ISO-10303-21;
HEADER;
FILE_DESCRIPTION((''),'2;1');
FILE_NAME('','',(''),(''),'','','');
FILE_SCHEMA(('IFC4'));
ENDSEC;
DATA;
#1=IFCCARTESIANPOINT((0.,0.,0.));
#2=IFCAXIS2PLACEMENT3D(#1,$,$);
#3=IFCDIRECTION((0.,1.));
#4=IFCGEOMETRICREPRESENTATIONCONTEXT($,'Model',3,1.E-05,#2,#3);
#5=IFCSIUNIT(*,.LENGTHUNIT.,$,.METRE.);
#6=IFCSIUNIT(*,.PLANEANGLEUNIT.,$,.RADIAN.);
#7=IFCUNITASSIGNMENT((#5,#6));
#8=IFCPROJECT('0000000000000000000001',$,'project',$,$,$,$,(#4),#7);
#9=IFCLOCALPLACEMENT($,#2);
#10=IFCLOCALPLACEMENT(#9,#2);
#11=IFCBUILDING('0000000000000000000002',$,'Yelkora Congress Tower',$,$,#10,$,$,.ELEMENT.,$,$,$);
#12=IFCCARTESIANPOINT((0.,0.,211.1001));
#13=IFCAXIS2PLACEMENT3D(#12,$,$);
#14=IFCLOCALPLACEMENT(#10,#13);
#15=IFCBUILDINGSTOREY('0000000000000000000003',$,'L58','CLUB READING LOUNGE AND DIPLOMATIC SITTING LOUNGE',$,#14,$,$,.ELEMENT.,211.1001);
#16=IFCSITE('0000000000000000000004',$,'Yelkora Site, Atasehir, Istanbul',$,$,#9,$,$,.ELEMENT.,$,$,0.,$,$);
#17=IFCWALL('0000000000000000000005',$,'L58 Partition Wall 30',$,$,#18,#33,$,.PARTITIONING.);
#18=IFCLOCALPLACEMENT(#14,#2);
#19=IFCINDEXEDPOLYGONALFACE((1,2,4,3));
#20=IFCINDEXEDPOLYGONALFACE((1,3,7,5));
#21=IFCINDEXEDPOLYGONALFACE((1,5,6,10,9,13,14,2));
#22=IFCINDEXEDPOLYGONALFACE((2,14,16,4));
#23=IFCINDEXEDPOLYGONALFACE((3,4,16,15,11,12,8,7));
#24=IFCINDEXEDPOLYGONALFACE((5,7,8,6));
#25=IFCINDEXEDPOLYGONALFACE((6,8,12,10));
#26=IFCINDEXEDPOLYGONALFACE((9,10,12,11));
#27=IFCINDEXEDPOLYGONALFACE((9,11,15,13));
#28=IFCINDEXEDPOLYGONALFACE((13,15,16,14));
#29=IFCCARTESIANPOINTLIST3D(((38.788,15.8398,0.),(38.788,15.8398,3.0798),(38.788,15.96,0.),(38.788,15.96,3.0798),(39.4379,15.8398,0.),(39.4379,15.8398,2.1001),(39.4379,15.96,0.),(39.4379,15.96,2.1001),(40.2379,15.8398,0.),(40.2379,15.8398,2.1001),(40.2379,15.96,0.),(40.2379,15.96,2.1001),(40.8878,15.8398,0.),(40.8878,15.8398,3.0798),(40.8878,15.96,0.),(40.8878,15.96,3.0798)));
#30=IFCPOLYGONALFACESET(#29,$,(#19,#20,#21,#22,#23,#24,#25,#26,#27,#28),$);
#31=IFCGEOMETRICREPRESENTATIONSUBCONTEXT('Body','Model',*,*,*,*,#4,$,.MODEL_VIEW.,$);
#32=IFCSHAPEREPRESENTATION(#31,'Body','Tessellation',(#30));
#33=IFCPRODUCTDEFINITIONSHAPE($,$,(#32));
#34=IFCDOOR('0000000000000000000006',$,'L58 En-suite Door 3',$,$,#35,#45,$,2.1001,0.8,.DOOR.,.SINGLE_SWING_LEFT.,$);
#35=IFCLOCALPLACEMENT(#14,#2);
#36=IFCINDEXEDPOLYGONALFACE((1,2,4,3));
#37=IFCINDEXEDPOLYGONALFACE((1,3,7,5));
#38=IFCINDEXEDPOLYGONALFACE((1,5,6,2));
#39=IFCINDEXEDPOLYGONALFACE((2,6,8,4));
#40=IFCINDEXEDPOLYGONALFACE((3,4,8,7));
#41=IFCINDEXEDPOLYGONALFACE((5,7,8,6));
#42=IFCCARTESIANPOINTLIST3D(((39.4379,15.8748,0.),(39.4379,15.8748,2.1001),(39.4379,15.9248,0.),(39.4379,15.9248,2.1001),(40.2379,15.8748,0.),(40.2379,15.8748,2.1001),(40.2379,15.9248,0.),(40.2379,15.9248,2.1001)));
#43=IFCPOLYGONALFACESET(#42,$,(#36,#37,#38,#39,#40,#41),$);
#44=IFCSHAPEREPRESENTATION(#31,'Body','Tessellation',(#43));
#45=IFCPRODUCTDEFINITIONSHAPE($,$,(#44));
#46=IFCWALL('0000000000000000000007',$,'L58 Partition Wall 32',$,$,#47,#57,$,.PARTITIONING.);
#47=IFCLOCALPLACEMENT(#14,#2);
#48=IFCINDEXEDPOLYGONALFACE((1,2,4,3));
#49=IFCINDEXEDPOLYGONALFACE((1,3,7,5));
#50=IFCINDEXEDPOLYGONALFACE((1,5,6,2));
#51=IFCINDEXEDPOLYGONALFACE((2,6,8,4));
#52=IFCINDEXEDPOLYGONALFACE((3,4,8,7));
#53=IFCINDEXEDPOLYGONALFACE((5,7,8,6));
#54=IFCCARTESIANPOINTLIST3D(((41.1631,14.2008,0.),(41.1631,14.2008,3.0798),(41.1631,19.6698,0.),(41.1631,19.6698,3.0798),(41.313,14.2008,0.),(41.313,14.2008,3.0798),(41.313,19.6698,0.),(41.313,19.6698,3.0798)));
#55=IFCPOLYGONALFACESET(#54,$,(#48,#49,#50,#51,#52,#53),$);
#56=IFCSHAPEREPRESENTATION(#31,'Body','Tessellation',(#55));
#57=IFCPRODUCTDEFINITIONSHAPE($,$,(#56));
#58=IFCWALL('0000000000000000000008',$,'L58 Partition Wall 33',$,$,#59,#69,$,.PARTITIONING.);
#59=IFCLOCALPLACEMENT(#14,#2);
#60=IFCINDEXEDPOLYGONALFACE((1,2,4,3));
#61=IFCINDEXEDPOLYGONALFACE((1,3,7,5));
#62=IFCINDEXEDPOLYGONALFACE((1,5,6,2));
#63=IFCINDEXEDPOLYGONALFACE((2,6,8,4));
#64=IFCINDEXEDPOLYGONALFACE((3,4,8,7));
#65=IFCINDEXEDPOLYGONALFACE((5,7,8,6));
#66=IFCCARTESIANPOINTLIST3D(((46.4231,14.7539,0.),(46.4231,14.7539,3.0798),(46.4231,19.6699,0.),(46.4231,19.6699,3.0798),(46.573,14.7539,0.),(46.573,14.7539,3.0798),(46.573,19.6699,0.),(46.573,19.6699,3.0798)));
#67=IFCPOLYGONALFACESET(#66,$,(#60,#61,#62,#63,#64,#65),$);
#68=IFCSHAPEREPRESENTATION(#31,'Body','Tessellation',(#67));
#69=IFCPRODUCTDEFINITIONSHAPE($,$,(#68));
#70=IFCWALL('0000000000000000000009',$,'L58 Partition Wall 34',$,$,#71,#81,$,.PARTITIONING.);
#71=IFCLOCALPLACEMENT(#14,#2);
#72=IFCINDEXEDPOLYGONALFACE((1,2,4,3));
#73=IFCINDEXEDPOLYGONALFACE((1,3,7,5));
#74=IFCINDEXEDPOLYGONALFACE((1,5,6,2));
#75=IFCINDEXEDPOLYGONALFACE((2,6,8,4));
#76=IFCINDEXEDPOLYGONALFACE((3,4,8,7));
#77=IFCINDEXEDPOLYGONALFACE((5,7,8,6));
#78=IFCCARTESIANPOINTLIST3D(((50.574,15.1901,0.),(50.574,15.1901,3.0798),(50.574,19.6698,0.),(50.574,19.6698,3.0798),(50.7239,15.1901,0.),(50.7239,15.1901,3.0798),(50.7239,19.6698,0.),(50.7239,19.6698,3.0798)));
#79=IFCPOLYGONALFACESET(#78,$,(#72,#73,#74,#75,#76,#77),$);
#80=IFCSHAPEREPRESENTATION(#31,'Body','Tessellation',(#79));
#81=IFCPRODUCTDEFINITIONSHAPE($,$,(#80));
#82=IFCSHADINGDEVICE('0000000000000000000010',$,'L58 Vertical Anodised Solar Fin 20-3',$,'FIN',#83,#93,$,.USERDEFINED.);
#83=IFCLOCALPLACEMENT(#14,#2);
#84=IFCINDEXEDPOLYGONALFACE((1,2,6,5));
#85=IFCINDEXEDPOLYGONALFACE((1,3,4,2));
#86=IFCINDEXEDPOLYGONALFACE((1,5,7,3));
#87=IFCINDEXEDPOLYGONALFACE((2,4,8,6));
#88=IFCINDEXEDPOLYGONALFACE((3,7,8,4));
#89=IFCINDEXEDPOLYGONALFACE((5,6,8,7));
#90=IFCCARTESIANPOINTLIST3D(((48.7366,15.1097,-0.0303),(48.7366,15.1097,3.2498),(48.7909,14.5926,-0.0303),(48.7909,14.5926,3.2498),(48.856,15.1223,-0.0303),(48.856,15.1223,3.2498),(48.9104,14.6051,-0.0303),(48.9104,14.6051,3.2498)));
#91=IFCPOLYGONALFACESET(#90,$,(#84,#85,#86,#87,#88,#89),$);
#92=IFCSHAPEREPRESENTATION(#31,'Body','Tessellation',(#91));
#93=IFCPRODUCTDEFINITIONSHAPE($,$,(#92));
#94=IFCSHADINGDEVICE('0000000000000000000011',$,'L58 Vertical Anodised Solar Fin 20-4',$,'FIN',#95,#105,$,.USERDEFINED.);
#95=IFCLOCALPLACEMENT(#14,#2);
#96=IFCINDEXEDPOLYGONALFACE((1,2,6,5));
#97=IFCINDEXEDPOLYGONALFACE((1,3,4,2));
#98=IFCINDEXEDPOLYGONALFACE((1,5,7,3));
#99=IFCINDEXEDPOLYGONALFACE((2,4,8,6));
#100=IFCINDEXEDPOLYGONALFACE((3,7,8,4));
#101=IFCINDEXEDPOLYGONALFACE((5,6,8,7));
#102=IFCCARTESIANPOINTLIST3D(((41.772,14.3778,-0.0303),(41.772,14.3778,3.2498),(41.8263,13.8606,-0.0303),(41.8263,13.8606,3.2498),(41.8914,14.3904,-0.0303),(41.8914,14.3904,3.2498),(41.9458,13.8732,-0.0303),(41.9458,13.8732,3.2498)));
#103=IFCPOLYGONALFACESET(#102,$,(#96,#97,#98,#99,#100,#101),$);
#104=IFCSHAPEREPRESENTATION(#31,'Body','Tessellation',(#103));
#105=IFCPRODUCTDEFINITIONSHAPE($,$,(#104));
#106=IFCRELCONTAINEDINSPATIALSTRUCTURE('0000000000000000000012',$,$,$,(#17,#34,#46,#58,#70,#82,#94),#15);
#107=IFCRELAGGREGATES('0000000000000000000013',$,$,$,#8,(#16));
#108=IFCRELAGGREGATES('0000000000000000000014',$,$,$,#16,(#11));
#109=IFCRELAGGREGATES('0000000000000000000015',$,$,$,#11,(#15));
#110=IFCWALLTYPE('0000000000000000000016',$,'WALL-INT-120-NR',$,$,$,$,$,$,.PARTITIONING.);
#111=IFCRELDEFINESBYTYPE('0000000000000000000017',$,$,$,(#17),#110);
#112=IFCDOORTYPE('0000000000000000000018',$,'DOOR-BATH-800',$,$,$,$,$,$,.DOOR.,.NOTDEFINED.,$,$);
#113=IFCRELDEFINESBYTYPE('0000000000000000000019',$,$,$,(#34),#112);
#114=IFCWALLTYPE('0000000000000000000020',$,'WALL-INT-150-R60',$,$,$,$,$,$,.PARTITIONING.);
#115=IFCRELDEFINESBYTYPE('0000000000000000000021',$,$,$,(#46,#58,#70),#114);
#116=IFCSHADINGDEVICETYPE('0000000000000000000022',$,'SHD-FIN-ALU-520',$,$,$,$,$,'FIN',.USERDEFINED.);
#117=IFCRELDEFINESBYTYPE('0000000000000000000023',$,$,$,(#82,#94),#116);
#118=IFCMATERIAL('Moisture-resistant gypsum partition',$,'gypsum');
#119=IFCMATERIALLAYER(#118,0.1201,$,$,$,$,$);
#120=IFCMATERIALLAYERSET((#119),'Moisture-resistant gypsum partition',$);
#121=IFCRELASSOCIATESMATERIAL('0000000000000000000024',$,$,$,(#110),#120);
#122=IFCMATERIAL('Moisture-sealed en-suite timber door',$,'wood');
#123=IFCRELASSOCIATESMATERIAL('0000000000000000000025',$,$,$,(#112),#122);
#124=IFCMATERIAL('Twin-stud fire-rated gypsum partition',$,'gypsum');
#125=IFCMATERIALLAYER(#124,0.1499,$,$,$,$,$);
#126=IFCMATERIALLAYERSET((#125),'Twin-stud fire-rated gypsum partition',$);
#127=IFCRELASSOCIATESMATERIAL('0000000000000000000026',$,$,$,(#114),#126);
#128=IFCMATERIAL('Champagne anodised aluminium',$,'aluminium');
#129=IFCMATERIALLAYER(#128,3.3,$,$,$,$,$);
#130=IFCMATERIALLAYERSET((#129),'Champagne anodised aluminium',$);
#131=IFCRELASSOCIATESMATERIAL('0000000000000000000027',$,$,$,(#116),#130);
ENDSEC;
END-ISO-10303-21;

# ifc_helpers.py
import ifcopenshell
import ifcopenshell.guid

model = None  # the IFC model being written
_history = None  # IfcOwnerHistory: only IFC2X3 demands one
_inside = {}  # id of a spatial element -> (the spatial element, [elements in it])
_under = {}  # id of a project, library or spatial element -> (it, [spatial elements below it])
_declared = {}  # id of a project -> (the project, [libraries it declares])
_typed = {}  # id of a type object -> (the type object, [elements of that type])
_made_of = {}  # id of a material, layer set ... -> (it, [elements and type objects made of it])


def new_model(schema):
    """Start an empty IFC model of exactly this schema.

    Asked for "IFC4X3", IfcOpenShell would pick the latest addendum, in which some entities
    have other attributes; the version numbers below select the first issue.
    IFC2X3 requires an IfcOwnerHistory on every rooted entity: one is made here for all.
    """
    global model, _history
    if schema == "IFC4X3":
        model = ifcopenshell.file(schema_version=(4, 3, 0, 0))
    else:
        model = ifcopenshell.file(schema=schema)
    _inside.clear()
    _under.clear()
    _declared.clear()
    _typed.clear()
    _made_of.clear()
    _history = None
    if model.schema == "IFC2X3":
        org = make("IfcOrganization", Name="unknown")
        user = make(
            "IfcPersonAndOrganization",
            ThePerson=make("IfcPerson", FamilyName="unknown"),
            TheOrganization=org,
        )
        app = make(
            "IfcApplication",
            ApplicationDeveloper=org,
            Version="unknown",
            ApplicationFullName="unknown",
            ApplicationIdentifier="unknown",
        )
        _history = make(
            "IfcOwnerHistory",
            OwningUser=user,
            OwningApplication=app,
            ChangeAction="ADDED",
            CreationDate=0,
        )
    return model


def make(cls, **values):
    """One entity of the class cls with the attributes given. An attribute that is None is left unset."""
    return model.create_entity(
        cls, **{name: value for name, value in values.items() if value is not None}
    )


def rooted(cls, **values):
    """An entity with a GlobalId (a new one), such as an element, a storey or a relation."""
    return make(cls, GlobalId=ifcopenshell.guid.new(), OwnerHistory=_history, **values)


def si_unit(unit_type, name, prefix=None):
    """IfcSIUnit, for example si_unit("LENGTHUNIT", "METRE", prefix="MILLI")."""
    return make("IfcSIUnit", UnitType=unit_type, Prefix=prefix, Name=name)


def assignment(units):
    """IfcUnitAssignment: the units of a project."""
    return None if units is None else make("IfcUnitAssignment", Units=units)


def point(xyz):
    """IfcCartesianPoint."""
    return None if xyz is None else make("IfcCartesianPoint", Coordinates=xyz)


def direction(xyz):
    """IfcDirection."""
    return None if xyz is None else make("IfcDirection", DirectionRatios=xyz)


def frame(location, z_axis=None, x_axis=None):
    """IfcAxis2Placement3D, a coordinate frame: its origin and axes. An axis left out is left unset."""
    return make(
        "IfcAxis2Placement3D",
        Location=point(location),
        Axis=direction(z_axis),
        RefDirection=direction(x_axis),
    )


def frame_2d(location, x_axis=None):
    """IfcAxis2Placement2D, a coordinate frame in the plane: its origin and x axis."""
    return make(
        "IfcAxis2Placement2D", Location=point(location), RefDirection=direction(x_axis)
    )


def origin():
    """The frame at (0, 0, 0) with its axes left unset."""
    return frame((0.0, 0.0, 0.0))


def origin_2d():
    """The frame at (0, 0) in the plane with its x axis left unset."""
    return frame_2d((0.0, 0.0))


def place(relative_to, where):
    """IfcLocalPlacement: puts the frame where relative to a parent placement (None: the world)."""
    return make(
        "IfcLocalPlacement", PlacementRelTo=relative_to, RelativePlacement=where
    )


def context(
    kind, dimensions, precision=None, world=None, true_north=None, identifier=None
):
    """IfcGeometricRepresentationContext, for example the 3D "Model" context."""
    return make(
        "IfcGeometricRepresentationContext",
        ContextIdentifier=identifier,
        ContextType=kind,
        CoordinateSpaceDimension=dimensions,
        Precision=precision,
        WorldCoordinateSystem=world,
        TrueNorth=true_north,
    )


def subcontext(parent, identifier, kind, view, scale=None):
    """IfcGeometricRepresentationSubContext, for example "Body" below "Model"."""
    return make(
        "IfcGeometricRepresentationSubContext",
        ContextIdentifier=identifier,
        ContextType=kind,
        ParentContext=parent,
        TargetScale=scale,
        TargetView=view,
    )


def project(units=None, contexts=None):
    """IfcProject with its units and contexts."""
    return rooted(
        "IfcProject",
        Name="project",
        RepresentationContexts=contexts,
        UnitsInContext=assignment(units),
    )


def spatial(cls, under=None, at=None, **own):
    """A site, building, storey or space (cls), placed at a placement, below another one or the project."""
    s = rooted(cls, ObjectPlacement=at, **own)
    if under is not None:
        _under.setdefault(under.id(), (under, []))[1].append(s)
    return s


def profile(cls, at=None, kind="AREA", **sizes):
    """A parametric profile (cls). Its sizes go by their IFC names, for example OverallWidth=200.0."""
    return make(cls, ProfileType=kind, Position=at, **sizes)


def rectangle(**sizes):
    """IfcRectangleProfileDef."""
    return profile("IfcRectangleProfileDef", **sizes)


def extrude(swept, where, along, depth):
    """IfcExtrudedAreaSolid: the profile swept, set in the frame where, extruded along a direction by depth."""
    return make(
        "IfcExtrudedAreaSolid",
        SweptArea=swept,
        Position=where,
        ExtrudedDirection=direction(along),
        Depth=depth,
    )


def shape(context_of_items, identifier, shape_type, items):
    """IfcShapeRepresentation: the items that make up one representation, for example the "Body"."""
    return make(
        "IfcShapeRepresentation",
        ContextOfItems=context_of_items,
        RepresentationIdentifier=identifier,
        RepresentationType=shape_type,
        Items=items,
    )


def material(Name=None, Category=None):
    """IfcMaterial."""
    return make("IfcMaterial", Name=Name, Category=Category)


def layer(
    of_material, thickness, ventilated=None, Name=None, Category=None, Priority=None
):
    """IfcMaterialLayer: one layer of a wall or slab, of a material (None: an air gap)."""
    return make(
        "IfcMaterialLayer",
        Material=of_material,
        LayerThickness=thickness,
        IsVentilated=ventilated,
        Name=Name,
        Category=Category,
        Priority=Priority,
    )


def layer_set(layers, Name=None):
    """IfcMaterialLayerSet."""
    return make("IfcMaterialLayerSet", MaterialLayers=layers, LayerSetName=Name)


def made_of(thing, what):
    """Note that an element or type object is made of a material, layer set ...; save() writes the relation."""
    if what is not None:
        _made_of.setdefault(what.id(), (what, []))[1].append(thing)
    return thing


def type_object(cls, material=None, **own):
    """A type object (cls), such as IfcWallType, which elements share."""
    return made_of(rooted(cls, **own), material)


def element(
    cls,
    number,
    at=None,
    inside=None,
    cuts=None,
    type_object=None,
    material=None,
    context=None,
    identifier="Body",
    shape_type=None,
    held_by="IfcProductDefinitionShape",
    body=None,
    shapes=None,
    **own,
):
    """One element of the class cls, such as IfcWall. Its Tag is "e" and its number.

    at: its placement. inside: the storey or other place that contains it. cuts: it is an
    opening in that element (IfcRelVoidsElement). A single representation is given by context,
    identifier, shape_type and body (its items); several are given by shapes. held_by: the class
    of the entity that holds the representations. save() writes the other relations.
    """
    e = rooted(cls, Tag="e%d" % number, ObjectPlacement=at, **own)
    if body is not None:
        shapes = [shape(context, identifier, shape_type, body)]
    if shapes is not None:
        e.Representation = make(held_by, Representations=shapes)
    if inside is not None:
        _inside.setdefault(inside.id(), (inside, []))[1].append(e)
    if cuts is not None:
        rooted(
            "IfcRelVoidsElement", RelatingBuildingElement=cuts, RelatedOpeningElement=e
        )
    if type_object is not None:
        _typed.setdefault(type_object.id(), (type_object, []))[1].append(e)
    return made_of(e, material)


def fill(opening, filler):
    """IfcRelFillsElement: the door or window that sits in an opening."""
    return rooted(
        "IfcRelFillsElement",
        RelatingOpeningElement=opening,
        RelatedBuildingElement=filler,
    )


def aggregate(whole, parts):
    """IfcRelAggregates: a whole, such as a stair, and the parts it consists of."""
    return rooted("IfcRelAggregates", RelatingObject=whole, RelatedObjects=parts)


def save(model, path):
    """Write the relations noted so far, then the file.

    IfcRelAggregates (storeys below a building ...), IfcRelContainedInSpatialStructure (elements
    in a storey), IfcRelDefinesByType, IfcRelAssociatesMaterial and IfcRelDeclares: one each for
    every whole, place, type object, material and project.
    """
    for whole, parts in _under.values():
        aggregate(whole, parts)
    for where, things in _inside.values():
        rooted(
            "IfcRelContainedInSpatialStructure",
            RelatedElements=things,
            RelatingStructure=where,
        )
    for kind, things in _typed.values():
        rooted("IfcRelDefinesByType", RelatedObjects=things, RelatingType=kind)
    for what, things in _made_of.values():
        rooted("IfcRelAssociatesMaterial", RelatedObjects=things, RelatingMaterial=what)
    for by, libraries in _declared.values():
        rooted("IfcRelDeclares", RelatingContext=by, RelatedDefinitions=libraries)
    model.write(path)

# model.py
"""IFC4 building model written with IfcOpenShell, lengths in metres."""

from ifc_helpers import new_model, si_unit, direction, frame, frame_2d, origin, origin_2d, place, context, subcontext, project, spatial, rectangle, extrude, material, layer, layer_set, type_object, element, fill, save


model = new_model("IFC4")

# Units and contexts
model_context = context("Model", 3, precision=1e-05, world=origin(), true_north=direction((0.0, 1.0)))
body_context = subcontext(model_context, "Body", "Model", "MODEL_VIEW")
ifc_project = project(units=[si_unit("LENGTHUNIT", "METRE"), si_unit("PLANEANGLEUNIT", "RADIAN")], contexts=[model_context])

# Site, building, storey
site_placement = place(None, origin())
site = spatial("IfcSite", under=ifc_project, at=site_placement, Name="Yelkora Site, Atasehir, Istanbul", CompositionType="ELEMENT", RefElevation=0.0)
building_placement = place(site_placement, origin())
building = spatial("IfcBuilding", under=site, at=building_placement, Name="Yelkora Congress Tower", CompositionType="ELEMENT")
storey_placement = place(building_placement, frame((0.0, 0.0, 211.1001)))
storey = spatial("IfcBuildingStorey", under=building, at=storey_placement, Name="L58", Description="CLUB READING LOUNGE AND DIPLOMATIC SITTING LOUNGE", CompositionType="ELEMENT", Elevation=211.1001)

# Shared definitions
ifc_material_1 = material(Name="Moisture-resistant gypsum partition", Category="gypsum")
ifc_layer_1 = layer(ifc_material_1, 0.1201)
ifc_layer_set_1 = layer_set([ifc_layer_1], Name="Moisture-resistant gypsum partition")
wall_type_1 = type_object("IfcWallType", Name="WALL-INT-120-NR", PredefinedType="PARTITIONING", material=ifc_layer_set_1)

# Wall, opening, door
wall_1_placement = place(storey_placement, frame((38.7881, 15.8999, 0.0), z_axis=(0.0, 0.0, 1.0), x_axis=(1.0, 0.0, 0.0)))
wall_1 = element("IfcWall", 1, at=wall_1_placement, inside=storey, type_object=wall_type_1, Name="L58 Partition Wall 30", PredefinedType="PARTITIONING", context=body_context, shape_type="SweptSolid", body=[
    extrude(rectangle(XDim=2.0999, YDim=0.1201, at=frame_2d((1.0498, 0.0))), origin(), (0.0, 0.0, 1.0), 3.0798),
])
opening_placement = place(wall_1_placement, frame((0.6499, 0.0, 0.0)))
opening = element("IfcOpeningElement", 2, at=opening_placement, cuts=wall_1, PredefinedType="OPENING", context=body_context, shape_type="SweptSolid", body=[
    extrude(rectangle(XDim=0.8, YDim=2.1001, at=frame_2d((0.3999, 1.05))), frame((0.0, 0.0701, 0.0), z_axis=(0.0, -1.0, 0.0), x_axis=(1.0, 0.0, 0.0)), (0.0, 0.0, 1.0), 0.1401),
])
ifc_material_2 = material(Name="Moisture-sealed en-suite timber door", Category="wood")
door_type = type_object("IfcDoorType", Name="DOOR-BATH-800", OperationType="NOTDEFINED", PredefinedType="DOOR", material=ifc_material_2)
door_placement = place(opening_placement, origin())
door = element("IfcDoor", 3, at=door_placement, inside=storey, type_object=door_type, Name="L58 En-suite Door 3", OperationType="SINGLE_SWING_LEFT", OverallHeight=2.1001, OverallWidth=0.8, PredefinedType="DOOR", context=body_context, shape_type="SweptSolid", body=[
    extrude(rectangle(XDim=0.8, YDim=2.1001, at=frame_2d((0.3999, 1.05))), frame((0.0, 0.0249, 0.0), z_axis=(0.0, -1.0, 0.0), x_axis=(1.0, 0.0, 0.0)), (0.0, 0.0, 1.0), 0.05),
])
fill(opening, door)

# Walls
ifc_material_3 = material(Name="Twin-stud fire-rated gypsum partition", Category="gypsum")
ifc_layer_2 = layer(ifc_material_3, 0.1499)
ifc_layer_set_2 = layer_set([ifc_layer_2], Name="Twin-stud fire-rated gypsum partition")
wall_type_2 = type_object("IfcWallType", Name="WALL-INT-150-R60", PredefinedType="PARTITIONING", material=ifc_layer_set_2)
wall_2_placement = place(storey_placement, frame((41.238, 14.2009, 0.0), z_axis=(0.0, 0.0, 1.0), x_axis=(0.0, 1.0, 0.0)))
element("IfcWall", 4, at=wall_2_placement, inside=storey, type_object=wall_type_2, Name="L58 Partition Wall 32", PredefinedType="PARTITIONING", context=body_context, shape_type="SweptSolid", body=[
    extrude(rectangle(XDim=5.469, YDim=0.1499, at=frame_2d((2.7344, 0.0))), origin(), (0.0, 0.0, 1.0), 3.0798),
])
wall_3_placement = place(storey_placement, frame((46.498, 14.7539, 0.0), z_axis=(0.0, 0.0, 1.0), x_axis=(0.0, 1.0, 0.0)))
element("IfcWall", 5, at=wall_3_placement, inside=storey, type_object=wall_type_2, Name="L58 Partition Wall 33", PredefinedType="PARTITIONING", context=body_context, shape_type="SweptSolid", body=[
    extrude(rectangle(XDim=4.916, YDim=0.1499, at=frame_2d((2.458, 0.0))), origin(), (0.0, 0.0, 1.0), 3.0798),
])
wall_4_placement = place(storey_placement, frame((50.6489, 15.1902, 0.0), z_axis=(0.0, 0.0, 1.0), x_axis=(0.0, 1.0, 0.0)))
element("IfcWall", 6, at=wall_4_placement, inside=storey, type_object=wall_type_2, Name="L58 Partition Wall 34", PredefinedType="PARTITIONING", context=body_context, shape_type="SweptSolid", body=[
    extrude(rectangle(XDim=4.4797, YDim=0.1499, at=frame_2d((2.2397, 0.0))), origin(), (0.0, 0.0, 1.0), 3.0798),
])

# Shading devices
ifc_material_4 = material(Name="Champagne anodised aluminium", Category="aluminium")
ifc_layer_3 = layer(ifc_material_4, 3.3)
ifc_layer_set_3 = layer_set([ifc_layer_3], Name="Champagne anodised aluminium")
shading_device_type = type_object("IfcShadingDeviceType", Name="SHD-FIN-ALU-520", ElementType="FIN", PredefinedType="USERDEFINED", material=ifc_layer_set_3)
for number, where, z_axis, x_axis, name in (
    (7, (48.8235, 14.8574, -0.0303), (0.0, 0.0, 1.0), (-0.994522, -0.104528, 0.0), "L58 Vertical Anodised Solar Fin 20-3"),
    (8, (41.8589, 14.1255, -0.0303), (0.0, 0.0, 1.0), (-0.994522, -0.104528, 0.0), "L58 Vertical Anodised Solar Fin 20-4"),
):
    element("IfcShadingDevice", number, at=place(storey_placement, frame(where, z_axis=z_axis, x_axis=x_axis)), inside=storey, type_object=shading_device_type, Name=name, ObjectType="FIN", PredefinedType="USERDEFINED", context=body_context, shape_type="SweptSolid", body=[
        extrude(rectangle(XDim=0.1201, YDim=0.52, at=origin_2d()), origin(), (0.0, 0.0, 1.0), 3.28),
    ])

save(model, "model.ifc")
